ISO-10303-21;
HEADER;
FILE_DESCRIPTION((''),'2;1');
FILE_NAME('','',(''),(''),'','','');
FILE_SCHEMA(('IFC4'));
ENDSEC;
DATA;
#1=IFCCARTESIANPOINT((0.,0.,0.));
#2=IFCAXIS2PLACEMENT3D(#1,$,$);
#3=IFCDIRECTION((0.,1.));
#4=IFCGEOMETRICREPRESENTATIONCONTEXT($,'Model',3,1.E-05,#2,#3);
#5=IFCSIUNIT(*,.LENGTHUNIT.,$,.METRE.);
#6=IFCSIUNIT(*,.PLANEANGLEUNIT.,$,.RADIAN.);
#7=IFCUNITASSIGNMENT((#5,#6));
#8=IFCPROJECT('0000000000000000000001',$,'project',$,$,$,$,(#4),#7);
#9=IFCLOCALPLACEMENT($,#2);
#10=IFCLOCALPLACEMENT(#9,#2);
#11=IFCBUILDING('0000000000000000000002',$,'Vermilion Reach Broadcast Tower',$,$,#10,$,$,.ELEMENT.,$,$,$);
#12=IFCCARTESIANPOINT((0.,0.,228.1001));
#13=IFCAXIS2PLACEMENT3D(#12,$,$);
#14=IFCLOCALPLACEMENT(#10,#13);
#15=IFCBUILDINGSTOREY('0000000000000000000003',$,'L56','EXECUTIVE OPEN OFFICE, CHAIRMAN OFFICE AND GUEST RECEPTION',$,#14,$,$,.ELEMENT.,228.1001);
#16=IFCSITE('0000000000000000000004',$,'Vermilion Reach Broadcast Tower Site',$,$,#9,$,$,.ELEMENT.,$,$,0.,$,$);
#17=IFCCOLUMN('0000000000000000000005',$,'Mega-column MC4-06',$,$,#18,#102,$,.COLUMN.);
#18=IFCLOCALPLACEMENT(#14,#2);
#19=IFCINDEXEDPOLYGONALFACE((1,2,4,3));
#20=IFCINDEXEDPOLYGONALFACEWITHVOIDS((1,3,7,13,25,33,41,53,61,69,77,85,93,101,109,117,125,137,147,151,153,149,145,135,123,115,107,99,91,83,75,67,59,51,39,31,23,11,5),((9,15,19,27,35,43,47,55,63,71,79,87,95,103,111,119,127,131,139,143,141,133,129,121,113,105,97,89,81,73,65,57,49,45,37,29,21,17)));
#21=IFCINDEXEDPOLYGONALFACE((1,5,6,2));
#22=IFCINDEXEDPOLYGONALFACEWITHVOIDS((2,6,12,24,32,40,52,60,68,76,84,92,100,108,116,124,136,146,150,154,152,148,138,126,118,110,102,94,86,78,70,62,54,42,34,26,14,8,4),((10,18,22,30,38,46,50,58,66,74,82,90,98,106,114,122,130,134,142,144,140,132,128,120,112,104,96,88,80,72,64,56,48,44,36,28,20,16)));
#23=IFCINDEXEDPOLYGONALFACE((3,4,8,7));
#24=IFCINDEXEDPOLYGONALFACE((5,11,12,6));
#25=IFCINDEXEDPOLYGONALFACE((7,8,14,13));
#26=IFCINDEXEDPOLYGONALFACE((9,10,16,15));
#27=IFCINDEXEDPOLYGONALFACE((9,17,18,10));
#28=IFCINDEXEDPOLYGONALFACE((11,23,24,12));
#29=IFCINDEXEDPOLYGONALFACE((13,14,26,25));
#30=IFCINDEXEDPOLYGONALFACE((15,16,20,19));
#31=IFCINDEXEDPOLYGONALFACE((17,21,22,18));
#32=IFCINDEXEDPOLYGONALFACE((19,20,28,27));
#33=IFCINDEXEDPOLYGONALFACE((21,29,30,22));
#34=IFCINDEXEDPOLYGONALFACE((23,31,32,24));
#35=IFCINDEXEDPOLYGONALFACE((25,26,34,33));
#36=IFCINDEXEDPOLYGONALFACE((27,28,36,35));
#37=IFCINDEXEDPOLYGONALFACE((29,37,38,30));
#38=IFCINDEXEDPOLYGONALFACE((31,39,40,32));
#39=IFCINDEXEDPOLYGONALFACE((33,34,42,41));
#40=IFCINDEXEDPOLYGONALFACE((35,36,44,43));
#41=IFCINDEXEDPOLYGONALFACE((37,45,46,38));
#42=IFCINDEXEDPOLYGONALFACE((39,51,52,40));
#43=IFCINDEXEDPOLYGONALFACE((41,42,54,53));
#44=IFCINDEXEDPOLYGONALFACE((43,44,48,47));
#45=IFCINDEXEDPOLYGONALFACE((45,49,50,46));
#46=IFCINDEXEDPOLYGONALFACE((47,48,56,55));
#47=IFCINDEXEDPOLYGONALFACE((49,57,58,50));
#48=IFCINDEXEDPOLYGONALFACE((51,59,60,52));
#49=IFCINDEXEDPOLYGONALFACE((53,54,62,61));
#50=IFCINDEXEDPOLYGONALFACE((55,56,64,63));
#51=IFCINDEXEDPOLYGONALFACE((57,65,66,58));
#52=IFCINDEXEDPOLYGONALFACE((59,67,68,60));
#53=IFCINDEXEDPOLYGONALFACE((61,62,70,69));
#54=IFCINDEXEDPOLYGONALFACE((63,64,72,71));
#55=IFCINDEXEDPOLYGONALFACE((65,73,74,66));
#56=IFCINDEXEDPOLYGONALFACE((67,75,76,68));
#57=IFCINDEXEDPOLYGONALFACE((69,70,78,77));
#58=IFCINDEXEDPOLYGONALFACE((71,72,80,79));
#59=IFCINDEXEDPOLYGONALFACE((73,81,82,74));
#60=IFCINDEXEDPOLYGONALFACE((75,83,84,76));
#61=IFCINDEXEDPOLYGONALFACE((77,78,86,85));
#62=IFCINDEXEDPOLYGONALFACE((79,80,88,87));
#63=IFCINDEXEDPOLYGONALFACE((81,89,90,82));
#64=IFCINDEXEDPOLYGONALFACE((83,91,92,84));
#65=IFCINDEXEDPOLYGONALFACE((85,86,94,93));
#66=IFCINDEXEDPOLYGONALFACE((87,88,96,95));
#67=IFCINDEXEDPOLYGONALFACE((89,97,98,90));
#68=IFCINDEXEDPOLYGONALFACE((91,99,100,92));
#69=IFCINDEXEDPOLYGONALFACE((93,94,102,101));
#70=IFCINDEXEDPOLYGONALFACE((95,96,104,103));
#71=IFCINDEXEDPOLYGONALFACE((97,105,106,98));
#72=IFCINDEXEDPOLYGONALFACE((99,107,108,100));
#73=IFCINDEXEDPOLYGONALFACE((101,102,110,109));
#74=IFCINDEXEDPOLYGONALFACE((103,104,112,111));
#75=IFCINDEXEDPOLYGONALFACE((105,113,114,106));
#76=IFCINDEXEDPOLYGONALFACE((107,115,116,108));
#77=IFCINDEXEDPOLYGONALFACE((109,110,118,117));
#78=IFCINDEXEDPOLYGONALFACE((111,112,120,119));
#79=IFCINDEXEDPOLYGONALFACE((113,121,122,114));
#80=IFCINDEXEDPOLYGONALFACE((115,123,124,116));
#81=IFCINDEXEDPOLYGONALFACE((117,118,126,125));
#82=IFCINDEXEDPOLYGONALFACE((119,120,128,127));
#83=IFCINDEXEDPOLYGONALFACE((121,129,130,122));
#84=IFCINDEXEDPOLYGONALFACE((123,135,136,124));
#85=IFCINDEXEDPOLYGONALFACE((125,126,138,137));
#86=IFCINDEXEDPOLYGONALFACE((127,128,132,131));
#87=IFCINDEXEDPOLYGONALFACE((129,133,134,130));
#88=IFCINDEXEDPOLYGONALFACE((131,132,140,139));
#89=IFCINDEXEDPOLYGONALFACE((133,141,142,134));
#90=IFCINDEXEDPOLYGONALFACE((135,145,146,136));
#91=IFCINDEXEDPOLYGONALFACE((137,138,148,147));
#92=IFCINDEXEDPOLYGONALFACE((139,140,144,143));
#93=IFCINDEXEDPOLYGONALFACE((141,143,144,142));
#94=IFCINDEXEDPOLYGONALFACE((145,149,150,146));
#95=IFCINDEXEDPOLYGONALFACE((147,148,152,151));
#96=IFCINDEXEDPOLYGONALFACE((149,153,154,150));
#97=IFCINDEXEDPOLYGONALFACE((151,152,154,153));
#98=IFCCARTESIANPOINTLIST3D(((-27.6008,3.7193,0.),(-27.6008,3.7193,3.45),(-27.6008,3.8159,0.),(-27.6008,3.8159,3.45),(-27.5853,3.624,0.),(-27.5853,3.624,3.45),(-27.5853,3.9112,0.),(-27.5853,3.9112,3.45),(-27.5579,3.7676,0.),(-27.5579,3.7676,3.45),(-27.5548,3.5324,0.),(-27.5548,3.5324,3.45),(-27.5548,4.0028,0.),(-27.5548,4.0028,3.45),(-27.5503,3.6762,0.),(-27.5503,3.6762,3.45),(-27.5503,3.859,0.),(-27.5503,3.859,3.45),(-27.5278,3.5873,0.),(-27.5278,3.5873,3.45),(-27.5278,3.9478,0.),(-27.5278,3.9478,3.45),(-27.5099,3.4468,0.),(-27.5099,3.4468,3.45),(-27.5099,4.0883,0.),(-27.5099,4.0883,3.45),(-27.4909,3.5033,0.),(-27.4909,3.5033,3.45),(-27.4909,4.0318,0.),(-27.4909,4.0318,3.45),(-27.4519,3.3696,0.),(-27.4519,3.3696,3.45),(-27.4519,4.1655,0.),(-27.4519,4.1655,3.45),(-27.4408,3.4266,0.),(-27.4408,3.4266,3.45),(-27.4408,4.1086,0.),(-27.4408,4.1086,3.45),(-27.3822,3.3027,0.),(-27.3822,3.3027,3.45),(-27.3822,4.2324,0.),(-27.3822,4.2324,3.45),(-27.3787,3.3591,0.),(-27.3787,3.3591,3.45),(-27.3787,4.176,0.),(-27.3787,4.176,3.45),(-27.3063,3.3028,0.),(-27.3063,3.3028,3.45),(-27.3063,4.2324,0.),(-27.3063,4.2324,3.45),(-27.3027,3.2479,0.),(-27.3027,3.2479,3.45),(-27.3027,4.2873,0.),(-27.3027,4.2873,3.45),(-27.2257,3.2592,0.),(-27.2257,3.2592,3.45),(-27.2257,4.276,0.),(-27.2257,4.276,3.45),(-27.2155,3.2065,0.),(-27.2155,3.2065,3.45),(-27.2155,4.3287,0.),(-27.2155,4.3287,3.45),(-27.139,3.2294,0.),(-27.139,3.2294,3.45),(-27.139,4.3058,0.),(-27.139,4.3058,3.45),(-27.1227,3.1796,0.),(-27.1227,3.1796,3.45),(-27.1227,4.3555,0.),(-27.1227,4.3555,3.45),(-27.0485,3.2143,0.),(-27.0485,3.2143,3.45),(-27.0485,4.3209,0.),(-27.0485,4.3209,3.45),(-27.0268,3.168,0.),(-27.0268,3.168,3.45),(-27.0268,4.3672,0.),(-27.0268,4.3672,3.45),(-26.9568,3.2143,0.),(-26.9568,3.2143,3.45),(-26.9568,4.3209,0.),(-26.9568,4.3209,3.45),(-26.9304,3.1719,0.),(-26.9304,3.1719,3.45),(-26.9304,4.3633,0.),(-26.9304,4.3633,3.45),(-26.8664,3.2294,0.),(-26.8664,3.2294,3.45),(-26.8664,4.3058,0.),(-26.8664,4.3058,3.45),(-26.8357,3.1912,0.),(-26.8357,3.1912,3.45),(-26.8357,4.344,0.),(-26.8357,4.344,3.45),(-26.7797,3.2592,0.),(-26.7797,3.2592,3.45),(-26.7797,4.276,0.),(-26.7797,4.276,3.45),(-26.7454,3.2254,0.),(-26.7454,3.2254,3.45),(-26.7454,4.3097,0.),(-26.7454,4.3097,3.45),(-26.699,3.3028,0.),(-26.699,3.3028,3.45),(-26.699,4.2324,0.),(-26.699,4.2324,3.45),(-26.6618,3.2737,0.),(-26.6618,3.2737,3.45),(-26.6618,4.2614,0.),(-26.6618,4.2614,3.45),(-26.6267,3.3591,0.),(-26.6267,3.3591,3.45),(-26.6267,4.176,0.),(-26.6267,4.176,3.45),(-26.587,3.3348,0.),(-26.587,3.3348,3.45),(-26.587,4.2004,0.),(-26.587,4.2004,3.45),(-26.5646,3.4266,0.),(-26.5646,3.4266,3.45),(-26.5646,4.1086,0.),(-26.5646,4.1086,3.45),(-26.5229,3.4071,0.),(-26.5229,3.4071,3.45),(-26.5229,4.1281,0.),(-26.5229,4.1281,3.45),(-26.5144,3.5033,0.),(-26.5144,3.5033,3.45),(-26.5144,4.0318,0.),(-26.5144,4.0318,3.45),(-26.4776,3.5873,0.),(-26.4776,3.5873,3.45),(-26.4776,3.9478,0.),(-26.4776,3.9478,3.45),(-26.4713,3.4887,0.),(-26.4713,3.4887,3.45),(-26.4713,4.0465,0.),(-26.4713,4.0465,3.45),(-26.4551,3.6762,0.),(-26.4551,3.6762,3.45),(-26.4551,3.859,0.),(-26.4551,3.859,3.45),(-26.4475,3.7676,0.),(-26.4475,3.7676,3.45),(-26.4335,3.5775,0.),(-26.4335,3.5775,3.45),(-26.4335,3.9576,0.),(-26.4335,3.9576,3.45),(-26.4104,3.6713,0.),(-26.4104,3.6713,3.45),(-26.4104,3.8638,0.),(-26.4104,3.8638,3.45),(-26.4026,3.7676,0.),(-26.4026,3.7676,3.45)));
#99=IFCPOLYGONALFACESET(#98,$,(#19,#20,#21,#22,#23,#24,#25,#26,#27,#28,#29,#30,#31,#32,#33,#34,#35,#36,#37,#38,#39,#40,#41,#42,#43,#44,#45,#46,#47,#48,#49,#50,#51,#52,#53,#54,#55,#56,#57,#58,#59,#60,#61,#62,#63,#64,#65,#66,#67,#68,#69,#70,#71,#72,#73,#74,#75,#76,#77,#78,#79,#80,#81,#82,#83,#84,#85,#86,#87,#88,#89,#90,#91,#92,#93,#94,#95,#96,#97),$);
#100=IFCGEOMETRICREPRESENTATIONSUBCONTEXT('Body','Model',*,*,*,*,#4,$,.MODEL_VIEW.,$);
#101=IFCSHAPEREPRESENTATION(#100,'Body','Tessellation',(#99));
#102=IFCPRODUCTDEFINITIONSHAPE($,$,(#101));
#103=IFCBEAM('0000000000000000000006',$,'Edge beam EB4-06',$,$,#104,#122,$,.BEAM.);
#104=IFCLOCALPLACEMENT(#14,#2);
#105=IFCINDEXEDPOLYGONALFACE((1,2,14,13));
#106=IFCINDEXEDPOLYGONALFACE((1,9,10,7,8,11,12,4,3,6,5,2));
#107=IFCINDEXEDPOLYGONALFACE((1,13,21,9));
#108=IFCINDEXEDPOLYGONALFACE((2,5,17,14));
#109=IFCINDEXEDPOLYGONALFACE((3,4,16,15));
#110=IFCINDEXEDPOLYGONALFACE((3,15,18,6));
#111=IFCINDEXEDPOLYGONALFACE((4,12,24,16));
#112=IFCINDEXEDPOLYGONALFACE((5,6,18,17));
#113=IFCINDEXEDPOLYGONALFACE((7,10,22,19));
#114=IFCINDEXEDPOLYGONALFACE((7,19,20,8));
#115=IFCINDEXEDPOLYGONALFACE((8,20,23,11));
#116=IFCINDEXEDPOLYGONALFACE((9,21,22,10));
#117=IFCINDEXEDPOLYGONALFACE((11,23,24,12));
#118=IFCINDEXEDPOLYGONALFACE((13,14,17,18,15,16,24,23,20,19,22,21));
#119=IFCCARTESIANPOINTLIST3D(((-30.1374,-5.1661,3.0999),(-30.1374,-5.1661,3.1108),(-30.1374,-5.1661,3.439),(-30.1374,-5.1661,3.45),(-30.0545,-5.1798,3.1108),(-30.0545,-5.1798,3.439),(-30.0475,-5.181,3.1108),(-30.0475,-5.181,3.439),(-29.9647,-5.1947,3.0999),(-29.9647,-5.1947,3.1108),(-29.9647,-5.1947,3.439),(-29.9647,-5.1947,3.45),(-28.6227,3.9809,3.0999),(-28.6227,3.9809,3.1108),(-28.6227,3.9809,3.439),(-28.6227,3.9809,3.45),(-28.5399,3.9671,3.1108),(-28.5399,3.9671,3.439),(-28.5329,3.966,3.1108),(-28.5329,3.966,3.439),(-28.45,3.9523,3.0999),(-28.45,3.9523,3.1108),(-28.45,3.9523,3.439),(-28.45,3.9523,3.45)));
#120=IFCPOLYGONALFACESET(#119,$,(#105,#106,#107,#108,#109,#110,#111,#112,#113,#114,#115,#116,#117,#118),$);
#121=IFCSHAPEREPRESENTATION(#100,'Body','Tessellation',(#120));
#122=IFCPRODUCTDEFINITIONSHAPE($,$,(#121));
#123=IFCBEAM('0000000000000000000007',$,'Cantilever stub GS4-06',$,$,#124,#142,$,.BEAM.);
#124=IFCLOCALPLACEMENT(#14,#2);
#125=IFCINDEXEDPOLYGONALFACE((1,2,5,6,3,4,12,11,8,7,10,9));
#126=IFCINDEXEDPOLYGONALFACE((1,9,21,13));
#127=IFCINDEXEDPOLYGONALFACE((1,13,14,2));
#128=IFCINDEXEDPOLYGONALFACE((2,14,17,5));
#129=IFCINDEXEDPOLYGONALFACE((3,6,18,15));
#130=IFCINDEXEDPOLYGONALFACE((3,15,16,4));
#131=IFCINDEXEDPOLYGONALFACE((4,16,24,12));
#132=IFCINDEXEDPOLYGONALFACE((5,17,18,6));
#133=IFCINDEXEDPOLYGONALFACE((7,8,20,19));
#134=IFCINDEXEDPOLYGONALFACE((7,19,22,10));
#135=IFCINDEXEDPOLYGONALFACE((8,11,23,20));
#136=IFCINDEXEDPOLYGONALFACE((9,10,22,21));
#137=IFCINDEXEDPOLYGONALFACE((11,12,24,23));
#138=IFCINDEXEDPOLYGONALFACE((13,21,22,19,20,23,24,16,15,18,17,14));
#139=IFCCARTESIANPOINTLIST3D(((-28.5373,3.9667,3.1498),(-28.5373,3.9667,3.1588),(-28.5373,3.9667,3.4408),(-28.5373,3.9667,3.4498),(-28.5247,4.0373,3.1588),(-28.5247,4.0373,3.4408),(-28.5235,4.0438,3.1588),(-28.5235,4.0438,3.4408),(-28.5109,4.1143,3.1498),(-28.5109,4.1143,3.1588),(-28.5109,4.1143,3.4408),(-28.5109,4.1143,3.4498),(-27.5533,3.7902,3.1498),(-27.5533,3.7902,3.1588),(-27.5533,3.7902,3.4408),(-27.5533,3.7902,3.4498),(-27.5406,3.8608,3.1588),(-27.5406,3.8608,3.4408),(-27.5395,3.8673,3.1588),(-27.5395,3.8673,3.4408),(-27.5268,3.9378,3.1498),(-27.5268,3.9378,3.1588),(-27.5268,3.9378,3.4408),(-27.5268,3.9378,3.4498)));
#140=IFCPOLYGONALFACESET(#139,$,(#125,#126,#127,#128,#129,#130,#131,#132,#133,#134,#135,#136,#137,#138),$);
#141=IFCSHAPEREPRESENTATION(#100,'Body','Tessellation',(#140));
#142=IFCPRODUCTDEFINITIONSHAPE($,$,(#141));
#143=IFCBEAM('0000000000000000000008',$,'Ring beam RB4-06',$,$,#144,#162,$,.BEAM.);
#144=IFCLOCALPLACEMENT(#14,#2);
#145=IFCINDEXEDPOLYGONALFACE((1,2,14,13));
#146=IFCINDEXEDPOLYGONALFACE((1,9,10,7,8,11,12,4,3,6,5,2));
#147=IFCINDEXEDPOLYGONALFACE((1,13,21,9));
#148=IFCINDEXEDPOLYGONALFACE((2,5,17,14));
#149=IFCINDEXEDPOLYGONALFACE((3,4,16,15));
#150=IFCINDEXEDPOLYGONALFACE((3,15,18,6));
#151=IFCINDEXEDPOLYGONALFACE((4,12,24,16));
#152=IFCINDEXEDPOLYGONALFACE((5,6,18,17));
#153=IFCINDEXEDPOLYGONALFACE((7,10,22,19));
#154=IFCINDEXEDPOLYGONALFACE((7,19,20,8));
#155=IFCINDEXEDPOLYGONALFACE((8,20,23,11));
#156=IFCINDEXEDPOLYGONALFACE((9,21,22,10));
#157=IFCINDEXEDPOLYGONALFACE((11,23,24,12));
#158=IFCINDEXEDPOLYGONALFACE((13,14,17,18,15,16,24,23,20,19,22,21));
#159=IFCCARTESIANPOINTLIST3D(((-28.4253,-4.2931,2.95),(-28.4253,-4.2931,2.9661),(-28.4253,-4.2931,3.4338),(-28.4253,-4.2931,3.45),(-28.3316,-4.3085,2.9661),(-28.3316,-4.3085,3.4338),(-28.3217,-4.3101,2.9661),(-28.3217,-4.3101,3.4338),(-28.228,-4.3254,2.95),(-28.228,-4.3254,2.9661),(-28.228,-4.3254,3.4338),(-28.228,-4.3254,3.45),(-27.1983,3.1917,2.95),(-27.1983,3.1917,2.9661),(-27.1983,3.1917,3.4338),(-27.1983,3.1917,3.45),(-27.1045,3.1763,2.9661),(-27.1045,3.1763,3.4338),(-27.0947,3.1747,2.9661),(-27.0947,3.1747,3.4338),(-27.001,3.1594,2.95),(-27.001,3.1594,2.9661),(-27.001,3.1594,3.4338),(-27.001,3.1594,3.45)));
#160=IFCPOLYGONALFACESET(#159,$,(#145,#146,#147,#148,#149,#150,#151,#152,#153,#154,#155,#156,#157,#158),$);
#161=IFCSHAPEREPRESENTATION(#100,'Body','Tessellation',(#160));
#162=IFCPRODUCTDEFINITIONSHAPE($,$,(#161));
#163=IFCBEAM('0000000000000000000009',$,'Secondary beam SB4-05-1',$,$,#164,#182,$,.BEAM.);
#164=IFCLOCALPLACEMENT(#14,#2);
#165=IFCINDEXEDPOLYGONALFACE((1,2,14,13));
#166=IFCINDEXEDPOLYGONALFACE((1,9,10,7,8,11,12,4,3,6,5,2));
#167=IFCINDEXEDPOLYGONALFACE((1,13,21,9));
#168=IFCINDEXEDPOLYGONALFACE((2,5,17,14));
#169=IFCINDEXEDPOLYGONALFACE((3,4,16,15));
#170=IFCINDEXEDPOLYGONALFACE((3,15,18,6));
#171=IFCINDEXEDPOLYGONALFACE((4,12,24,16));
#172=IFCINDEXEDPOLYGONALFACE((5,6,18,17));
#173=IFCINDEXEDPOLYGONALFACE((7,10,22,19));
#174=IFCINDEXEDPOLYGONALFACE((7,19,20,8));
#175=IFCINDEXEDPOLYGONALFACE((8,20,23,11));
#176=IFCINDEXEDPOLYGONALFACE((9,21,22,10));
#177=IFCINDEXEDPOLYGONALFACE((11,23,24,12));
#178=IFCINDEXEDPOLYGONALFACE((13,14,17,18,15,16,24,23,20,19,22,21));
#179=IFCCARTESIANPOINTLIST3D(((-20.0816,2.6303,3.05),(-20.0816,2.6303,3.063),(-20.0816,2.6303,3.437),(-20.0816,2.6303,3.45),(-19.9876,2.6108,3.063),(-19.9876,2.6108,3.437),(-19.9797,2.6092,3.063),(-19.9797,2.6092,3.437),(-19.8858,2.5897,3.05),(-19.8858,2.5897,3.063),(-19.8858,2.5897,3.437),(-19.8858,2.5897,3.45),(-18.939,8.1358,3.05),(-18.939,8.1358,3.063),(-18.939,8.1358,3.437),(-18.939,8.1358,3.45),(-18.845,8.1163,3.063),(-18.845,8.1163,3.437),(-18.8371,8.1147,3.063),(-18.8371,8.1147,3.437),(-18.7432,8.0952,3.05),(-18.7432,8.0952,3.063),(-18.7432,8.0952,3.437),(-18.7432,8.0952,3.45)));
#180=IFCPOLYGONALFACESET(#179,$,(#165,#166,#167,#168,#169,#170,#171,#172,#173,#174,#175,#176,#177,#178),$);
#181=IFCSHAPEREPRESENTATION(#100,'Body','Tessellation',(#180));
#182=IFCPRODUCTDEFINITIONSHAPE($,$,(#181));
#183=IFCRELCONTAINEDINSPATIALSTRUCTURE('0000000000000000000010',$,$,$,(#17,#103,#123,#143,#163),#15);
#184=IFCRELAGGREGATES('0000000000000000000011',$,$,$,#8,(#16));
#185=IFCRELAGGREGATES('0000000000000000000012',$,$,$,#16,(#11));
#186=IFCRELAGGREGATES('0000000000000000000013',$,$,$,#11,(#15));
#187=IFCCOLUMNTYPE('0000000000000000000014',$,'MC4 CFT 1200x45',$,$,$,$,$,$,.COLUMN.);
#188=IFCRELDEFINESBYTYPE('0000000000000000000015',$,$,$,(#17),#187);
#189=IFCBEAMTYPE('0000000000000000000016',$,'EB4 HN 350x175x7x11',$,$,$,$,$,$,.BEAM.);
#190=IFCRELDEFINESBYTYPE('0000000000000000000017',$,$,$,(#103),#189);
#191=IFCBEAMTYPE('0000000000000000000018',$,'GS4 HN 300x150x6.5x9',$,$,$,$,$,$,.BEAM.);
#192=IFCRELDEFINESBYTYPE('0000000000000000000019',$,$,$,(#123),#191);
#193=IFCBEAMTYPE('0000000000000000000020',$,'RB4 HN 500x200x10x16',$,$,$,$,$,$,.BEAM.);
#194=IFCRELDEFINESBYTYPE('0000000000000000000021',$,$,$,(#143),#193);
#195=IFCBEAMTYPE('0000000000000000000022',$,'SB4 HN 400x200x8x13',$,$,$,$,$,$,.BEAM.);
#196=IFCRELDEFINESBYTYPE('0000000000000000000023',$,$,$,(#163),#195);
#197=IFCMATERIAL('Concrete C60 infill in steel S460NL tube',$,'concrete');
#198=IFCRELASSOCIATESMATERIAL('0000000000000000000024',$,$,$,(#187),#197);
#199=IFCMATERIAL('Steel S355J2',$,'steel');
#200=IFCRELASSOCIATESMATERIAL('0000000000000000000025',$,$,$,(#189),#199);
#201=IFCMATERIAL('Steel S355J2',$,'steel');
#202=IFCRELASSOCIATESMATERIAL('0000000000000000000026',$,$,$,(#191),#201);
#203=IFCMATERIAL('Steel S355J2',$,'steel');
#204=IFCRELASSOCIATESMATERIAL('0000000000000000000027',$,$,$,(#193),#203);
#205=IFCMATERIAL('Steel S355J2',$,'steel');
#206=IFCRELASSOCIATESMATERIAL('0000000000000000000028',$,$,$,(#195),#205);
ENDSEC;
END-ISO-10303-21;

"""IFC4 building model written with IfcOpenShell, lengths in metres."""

from ifc_helpers import new_model, si_unit, direction, frame, origin, origin_2d, place, context, subcontext, project, spatial, hollow_circle, i_section, extrude, material, material_profile, profile_set, type_object, element, save


model = new_model("IFC4")

# Units and contexts
model_context = context("Model", 3, precision=1e-05, world=origin(), true_north=direction((0.0, 1.0)))
body_context = subcontext(model_context, "Body", "Model", "MODEL_VIEW")
ifc_project = project(units=[si_unit("LENGTHUNIT", "METRE"), si_unit("PLANEANGLEUNIT", "RADIAN")], contexts=[model_context])

# Site, building, storey
site_placement = place(None, origin())
site = spatial("IfcSite", under=ifc_project, at=site_placement, Name="Vermilion Reach Broadcast Tower Site", CompositionType="ELEMENT", RefElevation=0.0)
building_placement = place(site_placement, origin())
building = spatial("IfcBuilding", under=site, at=building_placement, Name="Vermilion Reach Broadcast Tower", CompositionType="ELEMENT")
storey_placement = place(building_placement, frame((0.0, 0.0, 228.1001)))
storey = spatial("IfcBuildingStorey", under=building, at=storey_placement, Name="L56", Description="EXECUTIVE OPEN OFFICE, CHAIRMAN OFFICE AND GUEST RECEPTION", CompositionType="ELEMENT", Elevation=228.1001)

# Column
ifc_material_1 = material(Name="Concrete C60 infill in steel S460NL tube", Category="concrete")
ifc_material_profile_1 = material_profile(ifc_material_1, hollow_circle(Radius=0.6001, WallThickness=0.0449, at=origin_2d()), Name="Concrete C60 infill in steel S460NL tube CFT 1200x45")
ifc_profile_set_1 = profile_set([ifc_material_profile_1], Name="Concrete C60 infill in steel S460NL tube")
column_type = type_object("IfcColumnType", Name="MC4 CFT 1200x45", PredefinedType="COLUMN", material=ifc_profile_set_1)
column_placement = place(storey_placement, frame((-27.0027, 3.7676, 0.0), z_axis=(0.0, 0.0, 1.0), x_axis=(1.0, 0.0, 0.0)))
element("IfcColumn", 1, at=column_placement, inside=storey, type_object=column_type, Name="Mega-column MC4-06", PredefinedType="COLUMN", context=body_context, shape_type="SweptSolid", body=[
    extrude(hollow_circle(Radius=0.6001, WallThickness=0.0449, at=origin_2d()), origin(), (0.0, 0.0, 1.0), 3.45),
])

# Beams
ifc_material_2 = material(Name="Steel S355J2", Category="steel")
ifc_material_profile_2 = material_profile(ifc_material_2, i_section(OverallWidth=0.175, OverallDepth=0.3501, WebThickness=0.0071, FlangeThickness=0.011, at=origin_2d()), Name="S355J2 HN 350x175x7x11")
ifc_profile_set_2 = profile_set([ifc_material_profile_2], Name="Steel S355J2")
beam_type_1 = type_object("IfcBeamType", Name="EB4 HN 350x175x7x11", PredefinedType="BEAM", material=ifc_profile_set_2)
beam_1_placement = place(storey_placement, frame((-28.5364, 3.9666, 3.2749), z_axis=(-0.163366, -0.986566, 0.0), x_axis=(0.986566, -0.163366, 0.0)))
element("IfcBeam", 2, at=beam_1_placement, inside=storey, type_object=beam_type_1, Name="Edge beam EB4-06", PredefinedType="BEAM", context=body_context, shape_type="SweptSolid", body=[
    extrude(i_section(OverallWidth=0.175, OverallDepth=0.3501, WebThickness=0.0071, FlangeThickness=0.011, at=origin_2d()), origin(), (0.0, 0.0, 1.0), 9.2715),
])
ifc_material_3 = material(Name="Steel S355J2", Category="steel")
ifc_material_profile_3 = material_profile(ifc_material_3, i_section(OverallWidth=0.1499, OverallDepth=0.3, WebThickness=0.0066, FlangeThickness=0.009, at=origin_2d()), Name="S355J2 HN 300x150x6.5x9")
ifc_profile_set_3 = profile_set([ifc_material_profile_3], Name="Steel S355J2")
beam_type_2 = type_object("IfcBeamType", Name="GS4 HN 300x150x6.5x9", PredefinedType="BEAM", material=ifc_profile_set_3)
beam_2_placement = place(storey_placement, frame((-27.54, 3.864, 3.2998), z_axis=(-0.984293, 0.176543, 0.0), x_axis=(-0.176543, -0.984293, 0.0)))
element("IfcBeam", 3, at=beam_2_placement, inside=storey, type_object=beam_type_2, Name="Cantilever stub GS4-06", PredefinedType="BEAM", context=body_context, shape_type="SweptSolid", body=[
    extrude(i_section(OverallWidth=0.1499, OverallDepth=0.3, WebThickness=0.0066, FlangeThickness=0.009, at=origin_2d()), origin(), (0.0, 0.0, 1.0), 0.9998),
])
ifc_material_4 = material(Name="Steel S355J2", Category="steel")
ifc_material_profile_4 = material_profile(ifc_material_4, i_section(OverallWidth=0.2, OverallDepth=0.5, WebThickness=0.01, FlangeThickness=0.0161, at=origin_2d()), Name="S355J2 HN 500x200x10x16")
ifc_profile_set_4 = profile_set([ifc_material_profile_4], Name="Steel S355J2")
beam_type_3 = type_object("IfcBeamType", Name="RB4 HN 500x200x10x16", PredefinedType="BEAM", material=ifc_profile_set_4)
beam_3_placement = place(storey_placement, frame((-27.0996, 3.1755, 3.2), z_axis=(-0.161778, -0.986827, 0.0), x_axis=(0.986827, -0.161778, 0.0)))
element("IfcBeam", 4, at=beam_3_placement, inside=storey, type_object=beam_type_3, Name="Ring beam RB4-06", PredefinedType="BEAM", context=body_context, shape_type="SweptSolid", body=[
    extrude(i_section(OverallWidth=0.2, OverallDepth=0.5, WebThickness=0.01, FlangeThickness=0.0161, at=origin_2d()), origin(), (0.0, 0.0, 1.0), 7.5847),
])
ifc_material_5 = material(Name="Steel S355J2", Category="steel")
ifc_material_profile_5 = material_profile(ifc_material_5, i_section(OverallWidth=0.2, OverallDepth=0.3999, WebThickness=0.0081, FlangeThickness=0.0129, at=origin_2d()), Name="S355J2 HN 400x200x8x13")
ifc_profile_set_5 = profile_set([ifc_material_profile_5], Name="Steel S355J2")
beam_type_4 = type_object("IfcBeamType", Name="SB4 HN 400x200x8x13", PredefinedType="BEAM", material=ifc_profile_set_5)
beam_4_placement = place(storey_placement, frame((-18.8411, 8.1155, 3.25), z_axis=(-0.203209, -0.979135, 0.0), x_axis=(0.979135, -0.203209, 0.0)))
element("IfcBeam", 5, at=beam_4_placement, inside=storey, type_object=beam_type_4, Name="Secondary beam SB4-05-1", PredefinedType="BEAM", context=body_context, shape_type="SweptSolid", body=[
    extrude(i_section(OverallWidth=0.2, OverallDepth=0.3999, WebThickness=0.0081, FlangeThickness=0.0129, at=origin_2d()), origin(), (0.0, 0.0, 1.0), 5.6228),
])

save(model, "model.ifc")
